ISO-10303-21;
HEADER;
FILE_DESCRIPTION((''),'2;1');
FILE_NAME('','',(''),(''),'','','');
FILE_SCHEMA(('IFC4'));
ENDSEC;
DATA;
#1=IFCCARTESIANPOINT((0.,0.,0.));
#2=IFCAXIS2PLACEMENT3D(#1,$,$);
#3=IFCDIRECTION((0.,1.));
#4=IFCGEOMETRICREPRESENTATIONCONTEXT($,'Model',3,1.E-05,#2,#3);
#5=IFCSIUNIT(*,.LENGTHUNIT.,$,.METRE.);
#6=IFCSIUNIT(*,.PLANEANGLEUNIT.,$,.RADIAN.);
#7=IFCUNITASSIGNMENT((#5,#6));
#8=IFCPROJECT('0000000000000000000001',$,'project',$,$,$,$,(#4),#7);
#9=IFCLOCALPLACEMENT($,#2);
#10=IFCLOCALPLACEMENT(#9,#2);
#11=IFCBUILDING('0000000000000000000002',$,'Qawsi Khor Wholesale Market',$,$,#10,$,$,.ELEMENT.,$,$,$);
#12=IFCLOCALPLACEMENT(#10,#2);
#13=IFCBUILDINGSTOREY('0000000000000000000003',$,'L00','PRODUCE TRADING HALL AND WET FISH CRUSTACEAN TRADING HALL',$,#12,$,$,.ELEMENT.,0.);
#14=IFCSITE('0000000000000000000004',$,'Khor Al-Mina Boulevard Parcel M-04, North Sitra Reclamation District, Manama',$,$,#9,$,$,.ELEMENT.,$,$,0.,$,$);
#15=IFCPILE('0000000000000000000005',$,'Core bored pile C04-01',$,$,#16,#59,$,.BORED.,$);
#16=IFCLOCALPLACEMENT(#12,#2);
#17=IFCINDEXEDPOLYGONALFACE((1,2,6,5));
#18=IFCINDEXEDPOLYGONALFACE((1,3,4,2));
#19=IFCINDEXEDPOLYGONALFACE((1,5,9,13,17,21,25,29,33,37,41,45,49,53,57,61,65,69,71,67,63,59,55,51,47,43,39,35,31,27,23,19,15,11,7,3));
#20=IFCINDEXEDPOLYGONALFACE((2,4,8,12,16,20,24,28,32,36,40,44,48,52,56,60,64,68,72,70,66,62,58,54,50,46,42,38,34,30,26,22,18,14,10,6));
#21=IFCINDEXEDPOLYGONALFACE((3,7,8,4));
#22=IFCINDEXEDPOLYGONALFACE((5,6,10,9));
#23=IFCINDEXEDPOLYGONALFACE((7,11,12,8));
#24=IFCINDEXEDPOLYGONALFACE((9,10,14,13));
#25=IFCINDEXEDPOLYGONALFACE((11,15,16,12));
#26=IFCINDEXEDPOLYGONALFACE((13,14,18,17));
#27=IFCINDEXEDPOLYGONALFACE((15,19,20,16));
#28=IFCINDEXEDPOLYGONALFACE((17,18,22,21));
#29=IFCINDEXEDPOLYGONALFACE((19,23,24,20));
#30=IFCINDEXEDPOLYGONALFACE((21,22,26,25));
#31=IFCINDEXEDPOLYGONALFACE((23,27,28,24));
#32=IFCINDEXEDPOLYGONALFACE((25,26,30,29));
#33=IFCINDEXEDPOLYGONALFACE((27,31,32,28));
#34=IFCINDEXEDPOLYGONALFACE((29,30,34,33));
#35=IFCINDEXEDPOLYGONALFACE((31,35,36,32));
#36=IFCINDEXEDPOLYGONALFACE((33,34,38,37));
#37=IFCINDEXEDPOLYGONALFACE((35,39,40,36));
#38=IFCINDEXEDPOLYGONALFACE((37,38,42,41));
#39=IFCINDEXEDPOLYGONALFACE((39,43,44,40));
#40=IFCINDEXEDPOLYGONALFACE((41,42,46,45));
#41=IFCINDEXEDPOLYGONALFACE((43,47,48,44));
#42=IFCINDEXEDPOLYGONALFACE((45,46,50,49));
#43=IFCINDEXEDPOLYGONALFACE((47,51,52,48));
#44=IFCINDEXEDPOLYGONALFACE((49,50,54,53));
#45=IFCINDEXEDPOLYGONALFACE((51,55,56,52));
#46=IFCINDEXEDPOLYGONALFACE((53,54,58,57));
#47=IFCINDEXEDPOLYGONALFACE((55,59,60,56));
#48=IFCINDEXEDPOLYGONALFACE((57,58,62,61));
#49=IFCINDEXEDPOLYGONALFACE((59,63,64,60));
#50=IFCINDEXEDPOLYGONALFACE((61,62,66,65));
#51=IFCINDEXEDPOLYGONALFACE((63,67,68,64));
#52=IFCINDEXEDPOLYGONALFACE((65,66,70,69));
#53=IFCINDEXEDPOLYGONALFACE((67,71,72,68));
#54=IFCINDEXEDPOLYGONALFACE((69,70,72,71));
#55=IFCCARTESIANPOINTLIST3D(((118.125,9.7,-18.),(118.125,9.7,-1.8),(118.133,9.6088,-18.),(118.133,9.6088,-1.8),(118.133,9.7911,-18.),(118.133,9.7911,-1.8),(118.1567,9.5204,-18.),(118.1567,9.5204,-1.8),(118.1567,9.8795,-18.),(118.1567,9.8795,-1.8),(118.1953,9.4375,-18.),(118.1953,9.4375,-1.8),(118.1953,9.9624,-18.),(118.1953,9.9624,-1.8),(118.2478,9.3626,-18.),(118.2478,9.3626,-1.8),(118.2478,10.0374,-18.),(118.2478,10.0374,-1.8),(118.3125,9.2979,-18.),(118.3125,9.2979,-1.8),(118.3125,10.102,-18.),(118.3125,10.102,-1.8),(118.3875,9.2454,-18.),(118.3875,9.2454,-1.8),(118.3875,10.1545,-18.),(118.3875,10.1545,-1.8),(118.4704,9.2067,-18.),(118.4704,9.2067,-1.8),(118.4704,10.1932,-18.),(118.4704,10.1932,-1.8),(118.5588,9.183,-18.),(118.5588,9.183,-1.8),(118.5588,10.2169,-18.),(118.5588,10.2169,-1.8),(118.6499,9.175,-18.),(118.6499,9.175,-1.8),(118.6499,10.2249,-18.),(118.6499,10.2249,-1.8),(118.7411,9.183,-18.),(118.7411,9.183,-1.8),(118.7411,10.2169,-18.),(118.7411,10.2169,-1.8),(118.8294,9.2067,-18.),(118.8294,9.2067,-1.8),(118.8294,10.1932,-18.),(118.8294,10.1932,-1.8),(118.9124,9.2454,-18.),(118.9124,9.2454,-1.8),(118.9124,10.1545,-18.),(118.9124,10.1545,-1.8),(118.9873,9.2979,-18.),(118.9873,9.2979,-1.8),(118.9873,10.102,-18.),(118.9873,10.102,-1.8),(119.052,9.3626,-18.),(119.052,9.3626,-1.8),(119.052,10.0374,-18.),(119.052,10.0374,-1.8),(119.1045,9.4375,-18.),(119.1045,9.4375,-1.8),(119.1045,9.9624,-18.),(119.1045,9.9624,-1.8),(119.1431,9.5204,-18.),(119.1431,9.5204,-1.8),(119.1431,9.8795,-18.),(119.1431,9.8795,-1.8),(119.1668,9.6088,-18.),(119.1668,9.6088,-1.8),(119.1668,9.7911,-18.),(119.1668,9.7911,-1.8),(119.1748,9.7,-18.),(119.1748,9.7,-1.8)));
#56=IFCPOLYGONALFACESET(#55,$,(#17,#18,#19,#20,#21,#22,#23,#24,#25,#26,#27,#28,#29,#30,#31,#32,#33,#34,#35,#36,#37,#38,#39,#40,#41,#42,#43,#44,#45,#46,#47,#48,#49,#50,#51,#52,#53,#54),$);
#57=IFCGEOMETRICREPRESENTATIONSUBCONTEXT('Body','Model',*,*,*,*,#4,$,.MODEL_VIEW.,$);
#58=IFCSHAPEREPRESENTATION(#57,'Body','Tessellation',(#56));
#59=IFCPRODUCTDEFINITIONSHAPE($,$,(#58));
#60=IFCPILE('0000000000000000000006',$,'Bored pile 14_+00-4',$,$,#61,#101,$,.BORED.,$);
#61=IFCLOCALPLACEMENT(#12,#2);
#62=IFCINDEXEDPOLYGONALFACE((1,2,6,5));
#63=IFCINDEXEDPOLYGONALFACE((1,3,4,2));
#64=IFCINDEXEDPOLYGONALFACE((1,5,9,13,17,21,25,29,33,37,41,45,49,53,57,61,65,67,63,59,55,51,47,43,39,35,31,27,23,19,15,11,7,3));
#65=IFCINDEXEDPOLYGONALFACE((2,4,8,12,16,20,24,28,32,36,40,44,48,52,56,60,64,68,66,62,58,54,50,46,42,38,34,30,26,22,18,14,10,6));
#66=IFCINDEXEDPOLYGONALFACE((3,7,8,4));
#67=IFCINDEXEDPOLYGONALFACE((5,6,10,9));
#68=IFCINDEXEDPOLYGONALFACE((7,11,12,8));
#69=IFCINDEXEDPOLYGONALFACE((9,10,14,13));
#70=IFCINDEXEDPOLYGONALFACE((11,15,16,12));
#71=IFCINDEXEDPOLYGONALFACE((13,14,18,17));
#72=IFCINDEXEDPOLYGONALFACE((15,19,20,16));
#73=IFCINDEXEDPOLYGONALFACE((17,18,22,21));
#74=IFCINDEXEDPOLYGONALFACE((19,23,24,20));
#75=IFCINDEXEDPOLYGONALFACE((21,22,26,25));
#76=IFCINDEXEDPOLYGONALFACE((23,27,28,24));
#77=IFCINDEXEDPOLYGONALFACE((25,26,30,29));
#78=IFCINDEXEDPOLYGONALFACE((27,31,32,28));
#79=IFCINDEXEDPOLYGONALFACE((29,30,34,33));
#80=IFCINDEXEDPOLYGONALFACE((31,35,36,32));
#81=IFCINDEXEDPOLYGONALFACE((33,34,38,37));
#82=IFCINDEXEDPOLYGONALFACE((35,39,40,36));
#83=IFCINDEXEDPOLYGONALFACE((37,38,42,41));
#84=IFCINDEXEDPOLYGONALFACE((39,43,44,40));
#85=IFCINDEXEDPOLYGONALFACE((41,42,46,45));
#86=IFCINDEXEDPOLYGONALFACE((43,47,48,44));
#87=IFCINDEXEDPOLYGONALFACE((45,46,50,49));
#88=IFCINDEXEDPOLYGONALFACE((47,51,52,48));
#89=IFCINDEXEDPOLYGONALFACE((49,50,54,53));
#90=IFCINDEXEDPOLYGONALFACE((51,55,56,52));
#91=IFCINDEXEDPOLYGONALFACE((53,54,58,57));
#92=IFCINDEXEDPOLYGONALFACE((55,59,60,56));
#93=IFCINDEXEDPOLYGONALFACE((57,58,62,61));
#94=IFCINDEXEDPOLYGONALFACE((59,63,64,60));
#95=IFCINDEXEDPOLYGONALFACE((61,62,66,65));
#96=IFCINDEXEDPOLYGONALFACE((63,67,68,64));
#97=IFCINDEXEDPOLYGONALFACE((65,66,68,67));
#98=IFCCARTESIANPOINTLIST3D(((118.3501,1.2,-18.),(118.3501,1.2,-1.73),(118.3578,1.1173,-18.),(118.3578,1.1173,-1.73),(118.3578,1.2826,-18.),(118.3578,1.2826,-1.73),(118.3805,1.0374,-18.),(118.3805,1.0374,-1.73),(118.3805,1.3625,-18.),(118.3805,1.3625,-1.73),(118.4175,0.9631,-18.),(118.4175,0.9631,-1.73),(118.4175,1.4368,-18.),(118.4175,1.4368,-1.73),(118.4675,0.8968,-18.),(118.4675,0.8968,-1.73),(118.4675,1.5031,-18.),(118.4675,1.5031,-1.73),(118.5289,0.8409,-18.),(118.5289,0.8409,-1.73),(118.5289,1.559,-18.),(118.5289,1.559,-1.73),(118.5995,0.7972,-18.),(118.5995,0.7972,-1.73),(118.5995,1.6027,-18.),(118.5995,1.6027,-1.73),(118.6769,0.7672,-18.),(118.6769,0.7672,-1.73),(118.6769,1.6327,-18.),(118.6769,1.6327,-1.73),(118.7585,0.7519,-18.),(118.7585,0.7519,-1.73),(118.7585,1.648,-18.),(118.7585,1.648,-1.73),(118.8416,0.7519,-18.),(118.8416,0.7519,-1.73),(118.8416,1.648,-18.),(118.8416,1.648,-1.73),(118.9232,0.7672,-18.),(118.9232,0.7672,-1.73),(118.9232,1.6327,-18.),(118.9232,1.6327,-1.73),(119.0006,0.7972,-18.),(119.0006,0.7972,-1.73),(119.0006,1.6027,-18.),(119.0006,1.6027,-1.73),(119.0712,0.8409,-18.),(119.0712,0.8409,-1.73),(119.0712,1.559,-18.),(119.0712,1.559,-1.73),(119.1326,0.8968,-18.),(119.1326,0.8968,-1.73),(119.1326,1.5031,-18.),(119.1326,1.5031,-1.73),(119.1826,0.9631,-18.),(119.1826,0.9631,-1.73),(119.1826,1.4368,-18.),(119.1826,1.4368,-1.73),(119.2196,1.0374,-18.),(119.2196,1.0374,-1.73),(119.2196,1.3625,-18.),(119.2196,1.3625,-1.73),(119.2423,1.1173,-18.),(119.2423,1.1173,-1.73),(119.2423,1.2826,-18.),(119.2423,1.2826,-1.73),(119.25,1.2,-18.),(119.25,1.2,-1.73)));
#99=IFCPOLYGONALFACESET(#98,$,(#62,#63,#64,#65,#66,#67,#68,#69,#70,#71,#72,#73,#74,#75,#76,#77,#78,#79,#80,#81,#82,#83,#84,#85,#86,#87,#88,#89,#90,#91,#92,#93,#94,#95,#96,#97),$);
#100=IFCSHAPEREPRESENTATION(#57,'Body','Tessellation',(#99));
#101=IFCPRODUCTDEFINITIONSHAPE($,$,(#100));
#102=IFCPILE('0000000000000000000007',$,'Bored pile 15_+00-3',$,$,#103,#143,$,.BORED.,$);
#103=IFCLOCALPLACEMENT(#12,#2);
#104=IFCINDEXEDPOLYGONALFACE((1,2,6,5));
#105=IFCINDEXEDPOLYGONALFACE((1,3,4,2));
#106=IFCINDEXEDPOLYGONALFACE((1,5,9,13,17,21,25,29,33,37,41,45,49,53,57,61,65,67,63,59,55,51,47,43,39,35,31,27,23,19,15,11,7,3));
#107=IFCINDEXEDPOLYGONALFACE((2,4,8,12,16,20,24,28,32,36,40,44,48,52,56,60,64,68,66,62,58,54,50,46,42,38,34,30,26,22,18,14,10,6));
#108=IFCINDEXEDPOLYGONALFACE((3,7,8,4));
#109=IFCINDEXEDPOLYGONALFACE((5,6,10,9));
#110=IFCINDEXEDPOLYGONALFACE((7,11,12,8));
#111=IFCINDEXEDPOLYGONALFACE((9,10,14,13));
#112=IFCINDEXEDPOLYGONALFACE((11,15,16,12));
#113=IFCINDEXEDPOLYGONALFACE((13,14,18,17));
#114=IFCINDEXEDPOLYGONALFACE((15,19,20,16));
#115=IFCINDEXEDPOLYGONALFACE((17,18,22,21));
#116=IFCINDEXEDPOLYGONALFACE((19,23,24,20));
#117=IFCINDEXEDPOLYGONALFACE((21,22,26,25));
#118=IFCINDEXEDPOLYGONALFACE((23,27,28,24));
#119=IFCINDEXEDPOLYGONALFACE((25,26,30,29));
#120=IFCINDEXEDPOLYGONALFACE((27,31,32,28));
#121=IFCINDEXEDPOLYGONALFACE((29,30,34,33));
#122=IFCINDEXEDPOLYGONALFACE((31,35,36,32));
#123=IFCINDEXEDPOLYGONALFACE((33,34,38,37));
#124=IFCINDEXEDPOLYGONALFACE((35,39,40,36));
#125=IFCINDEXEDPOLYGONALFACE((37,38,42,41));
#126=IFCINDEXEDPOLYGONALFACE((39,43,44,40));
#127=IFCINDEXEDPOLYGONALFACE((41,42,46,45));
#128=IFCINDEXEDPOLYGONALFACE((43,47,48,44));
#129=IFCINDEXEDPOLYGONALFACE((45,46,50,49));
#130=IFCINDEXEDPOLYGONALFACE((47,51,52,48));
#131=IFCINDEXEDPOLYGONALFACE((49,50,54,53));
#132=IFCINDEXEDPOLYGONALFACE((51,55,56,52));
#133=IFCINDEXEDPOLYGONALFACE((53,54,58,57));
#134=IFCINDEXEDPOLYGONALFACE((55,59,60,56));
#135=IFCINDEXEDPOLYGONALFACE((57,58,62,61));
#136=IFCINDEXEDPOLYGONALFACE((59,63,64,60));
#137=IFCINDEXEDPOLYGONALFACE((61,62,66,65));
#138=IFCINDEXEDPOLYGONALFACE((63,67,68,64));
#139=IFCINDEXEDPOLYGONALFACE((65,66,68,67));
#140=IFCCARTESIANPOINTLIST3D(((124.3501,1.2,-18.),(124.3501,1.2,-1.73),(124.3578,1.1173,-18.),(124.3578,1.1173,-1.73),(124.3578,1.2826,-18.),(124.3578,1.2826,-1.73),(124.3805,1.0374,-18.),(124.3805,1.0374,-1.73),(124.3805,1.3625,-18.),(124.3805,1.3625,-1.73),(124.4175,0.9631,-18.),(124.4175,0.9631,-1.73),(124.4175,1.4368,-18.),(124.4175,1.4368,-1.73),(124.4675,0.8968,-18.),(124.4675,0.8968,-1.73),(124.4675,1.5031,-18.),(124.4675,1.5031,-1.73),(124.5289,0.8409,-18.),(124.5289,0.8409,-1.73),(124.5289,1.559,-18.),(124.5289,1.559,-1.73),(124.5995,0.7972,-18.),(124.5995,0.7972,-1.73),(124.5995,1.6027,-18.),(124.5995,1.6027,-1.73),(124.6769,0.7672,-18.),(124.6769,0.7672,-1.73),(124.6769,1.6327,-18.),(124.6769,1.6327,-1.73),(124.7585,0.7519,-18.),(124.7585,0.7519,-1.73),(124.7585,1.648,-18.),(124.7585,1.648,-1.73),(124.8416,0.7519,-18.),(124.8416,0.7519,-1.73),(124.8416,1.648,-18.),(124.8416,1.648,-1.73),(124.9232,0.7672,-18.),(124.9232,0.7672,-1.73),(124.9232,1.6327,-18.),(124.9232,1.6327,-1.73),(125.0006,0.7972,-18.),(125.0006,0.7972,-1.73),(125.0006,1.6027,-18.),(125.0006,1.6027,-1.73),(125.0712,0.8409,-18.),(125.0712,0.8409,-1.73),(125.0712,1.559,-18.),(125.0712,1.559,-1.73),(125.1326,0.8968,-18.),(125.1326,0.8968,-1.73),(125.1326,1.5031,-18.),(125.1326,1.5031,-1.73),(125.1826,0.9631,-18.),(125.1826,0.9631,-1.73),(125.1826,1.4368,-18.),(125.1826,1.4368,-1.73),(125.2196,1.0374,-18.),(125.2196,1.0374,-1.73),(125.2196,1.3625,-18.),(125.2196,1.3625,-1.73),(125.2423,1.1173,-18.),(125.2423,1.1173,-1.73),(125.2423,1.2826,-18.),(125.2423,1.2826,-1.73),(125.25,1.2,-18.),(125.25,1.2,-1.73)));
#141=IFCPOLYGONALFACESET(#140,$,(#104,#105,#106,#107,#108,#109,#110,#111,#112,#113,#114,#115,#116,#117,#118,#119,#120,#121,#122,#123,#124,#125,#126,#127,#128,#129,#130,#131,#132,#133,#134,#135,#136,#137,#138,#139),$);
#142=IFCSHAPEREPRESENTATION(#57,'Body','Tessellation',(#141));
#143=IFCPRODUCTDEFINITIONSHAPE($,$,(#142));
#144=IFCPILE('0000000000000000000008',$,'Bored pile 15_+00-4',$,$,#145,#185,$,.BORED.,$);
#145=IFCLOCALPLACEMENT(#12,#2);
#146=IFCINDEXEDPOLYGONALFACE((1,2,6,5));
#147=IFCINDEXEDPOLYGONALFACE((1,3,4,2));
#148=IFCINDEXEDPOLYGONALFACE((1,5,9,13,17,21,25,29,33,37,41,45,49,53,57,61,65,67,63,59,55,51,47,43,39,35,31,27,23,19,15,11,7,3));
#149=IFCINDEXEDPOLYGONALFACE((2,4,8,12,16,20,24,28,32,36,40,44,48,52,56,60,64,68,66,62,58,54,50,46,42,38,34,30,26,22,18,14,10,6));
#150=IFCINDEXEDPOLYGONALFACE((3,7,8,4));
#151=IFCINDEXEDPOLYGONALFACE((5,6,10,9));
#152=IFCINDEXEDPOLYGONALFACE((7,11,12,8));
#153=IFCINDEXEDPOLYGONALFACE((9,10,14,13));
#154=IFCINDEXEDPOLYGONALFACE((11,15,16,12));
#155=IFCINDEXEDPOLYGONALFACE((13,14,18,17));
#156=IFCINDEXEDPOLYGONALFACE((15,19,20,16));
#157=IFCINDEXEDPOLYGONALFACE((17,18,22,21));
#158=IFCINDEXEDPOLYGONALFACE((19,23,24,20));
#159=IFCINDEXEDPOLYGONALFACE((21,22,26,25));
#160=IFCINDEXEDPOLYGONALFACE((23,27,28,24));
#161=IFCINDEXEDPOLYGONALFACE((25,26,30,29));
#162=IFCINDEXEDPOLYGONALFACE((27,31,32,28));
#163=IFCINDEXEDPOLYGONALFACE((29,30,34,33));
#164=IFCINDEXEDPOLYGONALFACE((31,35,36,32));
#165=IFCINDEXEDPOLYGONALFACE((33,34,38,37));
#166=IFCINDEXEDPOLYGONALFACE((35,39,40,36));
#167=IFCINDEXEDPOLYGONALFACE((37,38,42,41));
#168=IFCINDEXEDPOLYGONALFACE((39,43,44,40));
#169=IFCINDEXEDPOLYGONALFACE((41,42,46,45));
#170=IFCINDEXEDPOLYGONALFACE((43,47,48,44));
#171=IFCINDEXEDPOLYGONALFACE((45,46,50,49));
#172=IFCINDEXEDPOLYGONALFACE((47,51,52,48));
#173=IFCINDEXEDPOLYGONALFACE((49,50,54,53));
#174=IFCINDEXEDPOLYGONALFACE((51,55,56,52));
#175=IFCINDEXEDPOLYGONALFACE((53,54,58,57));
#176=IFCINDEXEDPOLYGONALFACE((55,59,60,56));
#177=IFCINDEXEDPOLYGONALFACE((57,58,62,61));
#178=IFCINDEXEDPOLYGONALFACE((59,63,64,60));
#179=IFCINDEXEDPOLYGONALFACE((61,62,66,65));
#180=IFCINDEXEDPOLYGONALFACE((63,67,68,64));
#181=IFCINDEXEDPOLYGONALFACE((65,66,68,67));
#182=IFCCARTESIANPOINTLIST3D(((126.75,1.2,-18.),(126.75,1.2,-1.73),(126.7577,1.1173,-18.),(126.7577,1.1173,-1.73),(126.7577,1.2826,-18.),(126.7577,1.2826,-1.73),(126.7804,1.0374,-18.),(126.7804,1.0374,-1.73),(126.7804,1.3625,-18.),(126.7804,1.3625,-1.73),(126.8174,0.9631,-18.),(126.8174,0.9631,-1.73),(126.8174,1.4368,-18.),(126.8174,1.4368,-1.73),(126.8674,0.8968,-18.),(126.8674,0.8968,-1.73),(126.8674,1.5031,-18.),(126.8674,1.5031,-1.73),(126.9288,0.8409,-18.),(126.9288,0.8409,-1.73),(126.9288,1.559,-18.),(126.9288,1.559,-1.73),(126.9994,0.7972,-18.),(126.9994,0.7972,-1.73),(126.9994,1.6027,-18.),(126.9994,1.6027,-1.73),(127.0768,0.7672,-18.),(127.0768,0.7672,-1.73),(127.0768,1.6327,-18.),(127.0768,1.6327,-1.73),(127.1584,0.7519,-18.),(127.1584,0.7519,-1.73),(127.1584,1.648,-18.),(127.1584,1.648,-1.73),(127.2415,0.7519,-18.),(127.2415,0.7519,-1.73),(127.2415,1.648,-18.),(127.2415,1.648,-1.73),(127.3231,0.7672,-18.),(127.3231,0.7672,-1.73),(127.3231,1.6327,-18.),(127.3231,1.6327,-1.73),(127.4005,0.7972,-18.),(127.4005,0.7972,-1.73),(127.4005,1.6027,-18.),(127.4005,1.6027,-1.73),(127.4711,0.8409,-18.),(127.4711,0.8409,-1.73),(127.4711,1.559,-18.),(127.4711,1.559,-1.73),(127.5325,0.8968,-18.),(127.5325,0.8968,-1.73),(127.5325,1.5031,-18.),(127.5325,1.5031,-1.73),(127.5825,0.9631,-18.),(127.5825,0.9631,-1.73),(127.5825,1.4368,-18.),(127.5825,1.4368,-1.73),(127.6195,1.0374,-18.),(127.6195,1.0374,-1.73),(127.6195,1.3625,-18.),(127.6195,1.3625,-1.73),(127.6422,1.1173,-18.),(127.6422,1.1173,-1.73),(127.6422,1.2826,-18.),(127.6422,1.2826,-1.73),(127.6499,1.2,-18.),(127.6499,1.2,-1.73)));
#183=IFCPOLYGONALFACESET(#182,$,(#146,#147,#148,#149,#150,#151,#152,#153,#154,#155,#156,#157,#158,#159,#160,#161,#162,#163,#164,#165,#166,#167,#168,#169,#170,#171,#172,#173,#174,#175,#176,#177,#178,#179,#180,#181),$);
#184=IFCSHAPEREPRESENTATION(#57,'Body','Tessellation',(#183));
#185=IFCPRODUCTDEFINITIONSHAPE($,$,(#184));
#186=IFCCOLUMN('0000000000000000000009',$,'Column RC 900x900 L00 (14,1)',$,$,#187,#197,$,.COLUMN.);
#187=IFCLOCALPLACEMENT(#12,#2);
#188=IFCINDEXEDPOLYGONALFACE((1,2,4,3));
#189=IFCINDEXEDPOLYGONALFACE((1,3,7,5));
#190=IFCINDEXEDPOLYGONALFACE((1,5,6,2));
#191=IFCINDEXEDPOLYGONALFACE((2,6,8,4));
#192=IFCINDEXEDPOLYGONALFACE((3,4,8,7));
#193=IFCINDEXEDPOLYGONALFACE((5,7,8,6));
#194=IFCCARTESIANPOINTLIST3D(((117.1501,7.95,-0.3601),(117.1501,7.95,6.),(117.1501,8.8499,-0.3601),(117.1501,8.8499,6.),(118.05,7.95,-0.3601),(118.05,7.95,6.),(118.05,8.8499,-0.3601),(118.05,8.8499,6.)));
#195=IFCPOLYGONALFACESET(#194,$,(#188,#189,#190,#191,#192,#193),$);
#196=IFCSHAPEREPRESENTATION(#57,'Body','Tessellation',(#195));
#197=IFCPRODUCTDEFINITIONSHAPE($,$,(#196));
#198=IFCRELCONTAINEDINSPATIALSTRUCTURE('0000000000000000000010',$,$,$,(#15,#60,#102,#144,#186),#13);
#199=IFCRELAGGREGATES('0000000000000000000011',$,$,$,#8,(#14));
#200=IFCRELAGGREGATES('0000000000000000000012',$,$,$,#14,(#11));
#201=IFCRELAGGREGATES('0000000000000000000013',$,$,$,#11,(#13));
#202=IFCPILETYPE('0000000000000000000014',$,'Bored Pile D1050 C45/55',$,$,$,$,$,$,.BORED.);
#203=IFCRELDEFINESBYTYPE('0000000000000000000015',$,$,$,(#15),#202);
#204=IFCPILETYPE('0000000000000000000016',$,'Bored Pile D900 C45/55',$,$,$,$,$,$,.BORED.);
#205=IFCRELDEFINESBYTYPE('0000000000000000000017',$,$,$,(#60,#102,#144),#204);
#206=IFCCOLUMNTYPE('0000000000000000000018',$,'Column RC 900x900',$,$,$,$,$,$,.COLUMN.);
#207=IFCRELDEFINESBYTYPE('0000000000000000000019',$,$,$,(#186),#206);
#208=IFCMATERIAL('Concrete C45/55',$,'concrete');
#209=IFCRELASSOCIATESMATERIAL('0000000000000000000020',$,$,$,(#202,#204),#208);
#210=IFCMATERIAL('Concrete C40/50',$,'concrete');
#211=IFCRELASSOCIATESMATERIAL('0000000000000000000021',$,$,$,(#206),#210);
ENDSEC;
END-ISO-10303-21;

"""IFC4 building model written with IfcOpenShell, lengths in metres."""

from ifc_helpers import new_model, si_unit, direction, frame, origin, origin_2d, place, context, subcontext, project, spatial, rectangle, circle, extrude, material, material_profile, profile_set, type_object, element, save


model = new_model("IFC4")

# Units and contexts
model_context = context("Model", 3, precision=1e-05, world=origin(), true_north=direction((0.0, 1.0)))
body_context = subcontext(model_context, "Body", "Model", "MODEL_VIEW")
ifc_project = project(units=[si_unit("LENGTHUNIT", "METRE"), si_unit("PLANEANGLEUNIT", "RADIAN")], contexts=[model_context])

# Site, building, storey
site_placement = place(None, origin())
site = spatial("IfcSite", under=ifc_project, at=site_placement, Name="Khor Al-Mina Boulevard Parcel M-04, North Sitra Reclamation District, Manama", CompositionType="ELEMENT", RefElevation=0.0)
building_placement = place(site_placement, origin())
building = spatial("IfcBuilding", under=site, at=building_placement, Name="Qawsi Khor Wholesale Market", CompositionType="ELEMENT")
storey_placement = place(building_placement, origin())
storey = spatial("IfcBuildingStorey", under=building, at=storey_placement, Name="L00", Description="PRODUCE TRADING HALL AND WET FISH CRUSTACEAN TRADING HALL", CompositionType="ELEMENT", Elevation=0.0)

# Piles
ifc_material_1 = material(Name="Concrete C45/55", Category="concrete")
ifc_material_profile_1 = material_profile(ifc_material_1, circle(Radius=0.5249, at=origin_2d()), Name="PILE D1050")
ifc_profile_set_1 = profile_set([ifc_material_profile_1], Name="Concrete C45/55")
pile_type_1 = type_object("IfcPileType", Name="Bored Pile D1050 C45/55", PredefinedType="BORED", material=ifc_profile_set_1)
pile_placement = place(storey_placement, frame((118.6499, 9.7, -1.8), z_axis=(0.0, 0.0, -1.0), x_axis=(1.0, 0.0, 0.0)))
element("IfcPile", 1, at=pile_placement, inside=storey, type_object=pile_type_1, Name="Core bored pile C04-01", PredefinedType="BORED", context=body_context, shape_type="SweptSolid", body=[
    extrude(circle(Radius=0.5249, at=origin_2d()), origin(), (0.0, 0.0, 1.0), 16.2),
])
ifc_material_profile_2 = material_profile(ifc_material_1, circle(Radius=0.45, at=origin_2d()), Name="PILE D900")
ifc_profile_set_2 = profile_set([ifc_material_profile_2], Name="Concrete C45/55")
pile_type_2 = type_object("IfcPileType", Name="Bored Pile D900 C45/55", PredefinedType="BORED", material=ifc_profile_set_2)
for number, where, z_axis, x_axis, name in (
    (2, (118.8, 1.2, -1.73), (0.0, 0.0, -1.0), (1.0, 0.0, 0.0), "Bored pile 14_+00-4"),
    (3, (124.8, 1.2, -1.73), (0.0, 0.0, -1.0), (1.0, 0.0, 0.0), "Bored pile 15_+00-3"),
    (4, (127.2, 1.2, -1.73), (0.0, 0.0, -1.0), (1.0, 0.0, 0.0), "Bored pile 15_+00-4"),
):
    element("IfcPile", number, at=place(storey_placement, frame(where, z_axis=z_axis, x_axis=x_axis)), inside=storey, type_object=pile_type_2, Name=name, PredefinedType="BORED", context=body_context, shape_type="SweptSolid", body=[
        extrude(circle(Radius=0.45, at=origin_2d()), origin(), (0.0, 0.0, 1.0), 16.27),
    ])

# Column
ifc_material_2 = material(Name="Concrete C40/50", Category="concrete")
ifc_material_profile_3 = material_profile(ifc_material_2, rectangle(XDim=0.8999, YDim=0.8999, at=origin_2d()), Name="RC 900x900")
ifc_profile_set_3 = profile_set([ifc_material_profile_3], Name="Concrete C40/50")
column_type = type_object("IfcColumnType", Name="Column RC 900x900", PredefinedType="COLUMN", material=ifc_profile_set_3)
for number, where, z_axis, x_axis, name in (
    (5, (117.6001, 8.3999, -0.3601), (0.0, 0.0, 1.0), (1.0, 0.0, 0.0), "Column RC 900x900 L00 (14,1)"),
):
    element("IfcColumn", number, at=place(storey_placement, frame(where, z_axis=z_axis, x_axis=x_axis)), inside=storey, type_object=column_type, Name=name, PredefinedType="COLUMN", context=body_context, shape_type="SweptSolid", body=[
        extrude(rectangle(XDim=0.8999, YDim=0.8999, at=origin_2d()), origin(), (0.0, 0.0, 1.0), 6.3601),
    ])

save(model, "model.ifc")
